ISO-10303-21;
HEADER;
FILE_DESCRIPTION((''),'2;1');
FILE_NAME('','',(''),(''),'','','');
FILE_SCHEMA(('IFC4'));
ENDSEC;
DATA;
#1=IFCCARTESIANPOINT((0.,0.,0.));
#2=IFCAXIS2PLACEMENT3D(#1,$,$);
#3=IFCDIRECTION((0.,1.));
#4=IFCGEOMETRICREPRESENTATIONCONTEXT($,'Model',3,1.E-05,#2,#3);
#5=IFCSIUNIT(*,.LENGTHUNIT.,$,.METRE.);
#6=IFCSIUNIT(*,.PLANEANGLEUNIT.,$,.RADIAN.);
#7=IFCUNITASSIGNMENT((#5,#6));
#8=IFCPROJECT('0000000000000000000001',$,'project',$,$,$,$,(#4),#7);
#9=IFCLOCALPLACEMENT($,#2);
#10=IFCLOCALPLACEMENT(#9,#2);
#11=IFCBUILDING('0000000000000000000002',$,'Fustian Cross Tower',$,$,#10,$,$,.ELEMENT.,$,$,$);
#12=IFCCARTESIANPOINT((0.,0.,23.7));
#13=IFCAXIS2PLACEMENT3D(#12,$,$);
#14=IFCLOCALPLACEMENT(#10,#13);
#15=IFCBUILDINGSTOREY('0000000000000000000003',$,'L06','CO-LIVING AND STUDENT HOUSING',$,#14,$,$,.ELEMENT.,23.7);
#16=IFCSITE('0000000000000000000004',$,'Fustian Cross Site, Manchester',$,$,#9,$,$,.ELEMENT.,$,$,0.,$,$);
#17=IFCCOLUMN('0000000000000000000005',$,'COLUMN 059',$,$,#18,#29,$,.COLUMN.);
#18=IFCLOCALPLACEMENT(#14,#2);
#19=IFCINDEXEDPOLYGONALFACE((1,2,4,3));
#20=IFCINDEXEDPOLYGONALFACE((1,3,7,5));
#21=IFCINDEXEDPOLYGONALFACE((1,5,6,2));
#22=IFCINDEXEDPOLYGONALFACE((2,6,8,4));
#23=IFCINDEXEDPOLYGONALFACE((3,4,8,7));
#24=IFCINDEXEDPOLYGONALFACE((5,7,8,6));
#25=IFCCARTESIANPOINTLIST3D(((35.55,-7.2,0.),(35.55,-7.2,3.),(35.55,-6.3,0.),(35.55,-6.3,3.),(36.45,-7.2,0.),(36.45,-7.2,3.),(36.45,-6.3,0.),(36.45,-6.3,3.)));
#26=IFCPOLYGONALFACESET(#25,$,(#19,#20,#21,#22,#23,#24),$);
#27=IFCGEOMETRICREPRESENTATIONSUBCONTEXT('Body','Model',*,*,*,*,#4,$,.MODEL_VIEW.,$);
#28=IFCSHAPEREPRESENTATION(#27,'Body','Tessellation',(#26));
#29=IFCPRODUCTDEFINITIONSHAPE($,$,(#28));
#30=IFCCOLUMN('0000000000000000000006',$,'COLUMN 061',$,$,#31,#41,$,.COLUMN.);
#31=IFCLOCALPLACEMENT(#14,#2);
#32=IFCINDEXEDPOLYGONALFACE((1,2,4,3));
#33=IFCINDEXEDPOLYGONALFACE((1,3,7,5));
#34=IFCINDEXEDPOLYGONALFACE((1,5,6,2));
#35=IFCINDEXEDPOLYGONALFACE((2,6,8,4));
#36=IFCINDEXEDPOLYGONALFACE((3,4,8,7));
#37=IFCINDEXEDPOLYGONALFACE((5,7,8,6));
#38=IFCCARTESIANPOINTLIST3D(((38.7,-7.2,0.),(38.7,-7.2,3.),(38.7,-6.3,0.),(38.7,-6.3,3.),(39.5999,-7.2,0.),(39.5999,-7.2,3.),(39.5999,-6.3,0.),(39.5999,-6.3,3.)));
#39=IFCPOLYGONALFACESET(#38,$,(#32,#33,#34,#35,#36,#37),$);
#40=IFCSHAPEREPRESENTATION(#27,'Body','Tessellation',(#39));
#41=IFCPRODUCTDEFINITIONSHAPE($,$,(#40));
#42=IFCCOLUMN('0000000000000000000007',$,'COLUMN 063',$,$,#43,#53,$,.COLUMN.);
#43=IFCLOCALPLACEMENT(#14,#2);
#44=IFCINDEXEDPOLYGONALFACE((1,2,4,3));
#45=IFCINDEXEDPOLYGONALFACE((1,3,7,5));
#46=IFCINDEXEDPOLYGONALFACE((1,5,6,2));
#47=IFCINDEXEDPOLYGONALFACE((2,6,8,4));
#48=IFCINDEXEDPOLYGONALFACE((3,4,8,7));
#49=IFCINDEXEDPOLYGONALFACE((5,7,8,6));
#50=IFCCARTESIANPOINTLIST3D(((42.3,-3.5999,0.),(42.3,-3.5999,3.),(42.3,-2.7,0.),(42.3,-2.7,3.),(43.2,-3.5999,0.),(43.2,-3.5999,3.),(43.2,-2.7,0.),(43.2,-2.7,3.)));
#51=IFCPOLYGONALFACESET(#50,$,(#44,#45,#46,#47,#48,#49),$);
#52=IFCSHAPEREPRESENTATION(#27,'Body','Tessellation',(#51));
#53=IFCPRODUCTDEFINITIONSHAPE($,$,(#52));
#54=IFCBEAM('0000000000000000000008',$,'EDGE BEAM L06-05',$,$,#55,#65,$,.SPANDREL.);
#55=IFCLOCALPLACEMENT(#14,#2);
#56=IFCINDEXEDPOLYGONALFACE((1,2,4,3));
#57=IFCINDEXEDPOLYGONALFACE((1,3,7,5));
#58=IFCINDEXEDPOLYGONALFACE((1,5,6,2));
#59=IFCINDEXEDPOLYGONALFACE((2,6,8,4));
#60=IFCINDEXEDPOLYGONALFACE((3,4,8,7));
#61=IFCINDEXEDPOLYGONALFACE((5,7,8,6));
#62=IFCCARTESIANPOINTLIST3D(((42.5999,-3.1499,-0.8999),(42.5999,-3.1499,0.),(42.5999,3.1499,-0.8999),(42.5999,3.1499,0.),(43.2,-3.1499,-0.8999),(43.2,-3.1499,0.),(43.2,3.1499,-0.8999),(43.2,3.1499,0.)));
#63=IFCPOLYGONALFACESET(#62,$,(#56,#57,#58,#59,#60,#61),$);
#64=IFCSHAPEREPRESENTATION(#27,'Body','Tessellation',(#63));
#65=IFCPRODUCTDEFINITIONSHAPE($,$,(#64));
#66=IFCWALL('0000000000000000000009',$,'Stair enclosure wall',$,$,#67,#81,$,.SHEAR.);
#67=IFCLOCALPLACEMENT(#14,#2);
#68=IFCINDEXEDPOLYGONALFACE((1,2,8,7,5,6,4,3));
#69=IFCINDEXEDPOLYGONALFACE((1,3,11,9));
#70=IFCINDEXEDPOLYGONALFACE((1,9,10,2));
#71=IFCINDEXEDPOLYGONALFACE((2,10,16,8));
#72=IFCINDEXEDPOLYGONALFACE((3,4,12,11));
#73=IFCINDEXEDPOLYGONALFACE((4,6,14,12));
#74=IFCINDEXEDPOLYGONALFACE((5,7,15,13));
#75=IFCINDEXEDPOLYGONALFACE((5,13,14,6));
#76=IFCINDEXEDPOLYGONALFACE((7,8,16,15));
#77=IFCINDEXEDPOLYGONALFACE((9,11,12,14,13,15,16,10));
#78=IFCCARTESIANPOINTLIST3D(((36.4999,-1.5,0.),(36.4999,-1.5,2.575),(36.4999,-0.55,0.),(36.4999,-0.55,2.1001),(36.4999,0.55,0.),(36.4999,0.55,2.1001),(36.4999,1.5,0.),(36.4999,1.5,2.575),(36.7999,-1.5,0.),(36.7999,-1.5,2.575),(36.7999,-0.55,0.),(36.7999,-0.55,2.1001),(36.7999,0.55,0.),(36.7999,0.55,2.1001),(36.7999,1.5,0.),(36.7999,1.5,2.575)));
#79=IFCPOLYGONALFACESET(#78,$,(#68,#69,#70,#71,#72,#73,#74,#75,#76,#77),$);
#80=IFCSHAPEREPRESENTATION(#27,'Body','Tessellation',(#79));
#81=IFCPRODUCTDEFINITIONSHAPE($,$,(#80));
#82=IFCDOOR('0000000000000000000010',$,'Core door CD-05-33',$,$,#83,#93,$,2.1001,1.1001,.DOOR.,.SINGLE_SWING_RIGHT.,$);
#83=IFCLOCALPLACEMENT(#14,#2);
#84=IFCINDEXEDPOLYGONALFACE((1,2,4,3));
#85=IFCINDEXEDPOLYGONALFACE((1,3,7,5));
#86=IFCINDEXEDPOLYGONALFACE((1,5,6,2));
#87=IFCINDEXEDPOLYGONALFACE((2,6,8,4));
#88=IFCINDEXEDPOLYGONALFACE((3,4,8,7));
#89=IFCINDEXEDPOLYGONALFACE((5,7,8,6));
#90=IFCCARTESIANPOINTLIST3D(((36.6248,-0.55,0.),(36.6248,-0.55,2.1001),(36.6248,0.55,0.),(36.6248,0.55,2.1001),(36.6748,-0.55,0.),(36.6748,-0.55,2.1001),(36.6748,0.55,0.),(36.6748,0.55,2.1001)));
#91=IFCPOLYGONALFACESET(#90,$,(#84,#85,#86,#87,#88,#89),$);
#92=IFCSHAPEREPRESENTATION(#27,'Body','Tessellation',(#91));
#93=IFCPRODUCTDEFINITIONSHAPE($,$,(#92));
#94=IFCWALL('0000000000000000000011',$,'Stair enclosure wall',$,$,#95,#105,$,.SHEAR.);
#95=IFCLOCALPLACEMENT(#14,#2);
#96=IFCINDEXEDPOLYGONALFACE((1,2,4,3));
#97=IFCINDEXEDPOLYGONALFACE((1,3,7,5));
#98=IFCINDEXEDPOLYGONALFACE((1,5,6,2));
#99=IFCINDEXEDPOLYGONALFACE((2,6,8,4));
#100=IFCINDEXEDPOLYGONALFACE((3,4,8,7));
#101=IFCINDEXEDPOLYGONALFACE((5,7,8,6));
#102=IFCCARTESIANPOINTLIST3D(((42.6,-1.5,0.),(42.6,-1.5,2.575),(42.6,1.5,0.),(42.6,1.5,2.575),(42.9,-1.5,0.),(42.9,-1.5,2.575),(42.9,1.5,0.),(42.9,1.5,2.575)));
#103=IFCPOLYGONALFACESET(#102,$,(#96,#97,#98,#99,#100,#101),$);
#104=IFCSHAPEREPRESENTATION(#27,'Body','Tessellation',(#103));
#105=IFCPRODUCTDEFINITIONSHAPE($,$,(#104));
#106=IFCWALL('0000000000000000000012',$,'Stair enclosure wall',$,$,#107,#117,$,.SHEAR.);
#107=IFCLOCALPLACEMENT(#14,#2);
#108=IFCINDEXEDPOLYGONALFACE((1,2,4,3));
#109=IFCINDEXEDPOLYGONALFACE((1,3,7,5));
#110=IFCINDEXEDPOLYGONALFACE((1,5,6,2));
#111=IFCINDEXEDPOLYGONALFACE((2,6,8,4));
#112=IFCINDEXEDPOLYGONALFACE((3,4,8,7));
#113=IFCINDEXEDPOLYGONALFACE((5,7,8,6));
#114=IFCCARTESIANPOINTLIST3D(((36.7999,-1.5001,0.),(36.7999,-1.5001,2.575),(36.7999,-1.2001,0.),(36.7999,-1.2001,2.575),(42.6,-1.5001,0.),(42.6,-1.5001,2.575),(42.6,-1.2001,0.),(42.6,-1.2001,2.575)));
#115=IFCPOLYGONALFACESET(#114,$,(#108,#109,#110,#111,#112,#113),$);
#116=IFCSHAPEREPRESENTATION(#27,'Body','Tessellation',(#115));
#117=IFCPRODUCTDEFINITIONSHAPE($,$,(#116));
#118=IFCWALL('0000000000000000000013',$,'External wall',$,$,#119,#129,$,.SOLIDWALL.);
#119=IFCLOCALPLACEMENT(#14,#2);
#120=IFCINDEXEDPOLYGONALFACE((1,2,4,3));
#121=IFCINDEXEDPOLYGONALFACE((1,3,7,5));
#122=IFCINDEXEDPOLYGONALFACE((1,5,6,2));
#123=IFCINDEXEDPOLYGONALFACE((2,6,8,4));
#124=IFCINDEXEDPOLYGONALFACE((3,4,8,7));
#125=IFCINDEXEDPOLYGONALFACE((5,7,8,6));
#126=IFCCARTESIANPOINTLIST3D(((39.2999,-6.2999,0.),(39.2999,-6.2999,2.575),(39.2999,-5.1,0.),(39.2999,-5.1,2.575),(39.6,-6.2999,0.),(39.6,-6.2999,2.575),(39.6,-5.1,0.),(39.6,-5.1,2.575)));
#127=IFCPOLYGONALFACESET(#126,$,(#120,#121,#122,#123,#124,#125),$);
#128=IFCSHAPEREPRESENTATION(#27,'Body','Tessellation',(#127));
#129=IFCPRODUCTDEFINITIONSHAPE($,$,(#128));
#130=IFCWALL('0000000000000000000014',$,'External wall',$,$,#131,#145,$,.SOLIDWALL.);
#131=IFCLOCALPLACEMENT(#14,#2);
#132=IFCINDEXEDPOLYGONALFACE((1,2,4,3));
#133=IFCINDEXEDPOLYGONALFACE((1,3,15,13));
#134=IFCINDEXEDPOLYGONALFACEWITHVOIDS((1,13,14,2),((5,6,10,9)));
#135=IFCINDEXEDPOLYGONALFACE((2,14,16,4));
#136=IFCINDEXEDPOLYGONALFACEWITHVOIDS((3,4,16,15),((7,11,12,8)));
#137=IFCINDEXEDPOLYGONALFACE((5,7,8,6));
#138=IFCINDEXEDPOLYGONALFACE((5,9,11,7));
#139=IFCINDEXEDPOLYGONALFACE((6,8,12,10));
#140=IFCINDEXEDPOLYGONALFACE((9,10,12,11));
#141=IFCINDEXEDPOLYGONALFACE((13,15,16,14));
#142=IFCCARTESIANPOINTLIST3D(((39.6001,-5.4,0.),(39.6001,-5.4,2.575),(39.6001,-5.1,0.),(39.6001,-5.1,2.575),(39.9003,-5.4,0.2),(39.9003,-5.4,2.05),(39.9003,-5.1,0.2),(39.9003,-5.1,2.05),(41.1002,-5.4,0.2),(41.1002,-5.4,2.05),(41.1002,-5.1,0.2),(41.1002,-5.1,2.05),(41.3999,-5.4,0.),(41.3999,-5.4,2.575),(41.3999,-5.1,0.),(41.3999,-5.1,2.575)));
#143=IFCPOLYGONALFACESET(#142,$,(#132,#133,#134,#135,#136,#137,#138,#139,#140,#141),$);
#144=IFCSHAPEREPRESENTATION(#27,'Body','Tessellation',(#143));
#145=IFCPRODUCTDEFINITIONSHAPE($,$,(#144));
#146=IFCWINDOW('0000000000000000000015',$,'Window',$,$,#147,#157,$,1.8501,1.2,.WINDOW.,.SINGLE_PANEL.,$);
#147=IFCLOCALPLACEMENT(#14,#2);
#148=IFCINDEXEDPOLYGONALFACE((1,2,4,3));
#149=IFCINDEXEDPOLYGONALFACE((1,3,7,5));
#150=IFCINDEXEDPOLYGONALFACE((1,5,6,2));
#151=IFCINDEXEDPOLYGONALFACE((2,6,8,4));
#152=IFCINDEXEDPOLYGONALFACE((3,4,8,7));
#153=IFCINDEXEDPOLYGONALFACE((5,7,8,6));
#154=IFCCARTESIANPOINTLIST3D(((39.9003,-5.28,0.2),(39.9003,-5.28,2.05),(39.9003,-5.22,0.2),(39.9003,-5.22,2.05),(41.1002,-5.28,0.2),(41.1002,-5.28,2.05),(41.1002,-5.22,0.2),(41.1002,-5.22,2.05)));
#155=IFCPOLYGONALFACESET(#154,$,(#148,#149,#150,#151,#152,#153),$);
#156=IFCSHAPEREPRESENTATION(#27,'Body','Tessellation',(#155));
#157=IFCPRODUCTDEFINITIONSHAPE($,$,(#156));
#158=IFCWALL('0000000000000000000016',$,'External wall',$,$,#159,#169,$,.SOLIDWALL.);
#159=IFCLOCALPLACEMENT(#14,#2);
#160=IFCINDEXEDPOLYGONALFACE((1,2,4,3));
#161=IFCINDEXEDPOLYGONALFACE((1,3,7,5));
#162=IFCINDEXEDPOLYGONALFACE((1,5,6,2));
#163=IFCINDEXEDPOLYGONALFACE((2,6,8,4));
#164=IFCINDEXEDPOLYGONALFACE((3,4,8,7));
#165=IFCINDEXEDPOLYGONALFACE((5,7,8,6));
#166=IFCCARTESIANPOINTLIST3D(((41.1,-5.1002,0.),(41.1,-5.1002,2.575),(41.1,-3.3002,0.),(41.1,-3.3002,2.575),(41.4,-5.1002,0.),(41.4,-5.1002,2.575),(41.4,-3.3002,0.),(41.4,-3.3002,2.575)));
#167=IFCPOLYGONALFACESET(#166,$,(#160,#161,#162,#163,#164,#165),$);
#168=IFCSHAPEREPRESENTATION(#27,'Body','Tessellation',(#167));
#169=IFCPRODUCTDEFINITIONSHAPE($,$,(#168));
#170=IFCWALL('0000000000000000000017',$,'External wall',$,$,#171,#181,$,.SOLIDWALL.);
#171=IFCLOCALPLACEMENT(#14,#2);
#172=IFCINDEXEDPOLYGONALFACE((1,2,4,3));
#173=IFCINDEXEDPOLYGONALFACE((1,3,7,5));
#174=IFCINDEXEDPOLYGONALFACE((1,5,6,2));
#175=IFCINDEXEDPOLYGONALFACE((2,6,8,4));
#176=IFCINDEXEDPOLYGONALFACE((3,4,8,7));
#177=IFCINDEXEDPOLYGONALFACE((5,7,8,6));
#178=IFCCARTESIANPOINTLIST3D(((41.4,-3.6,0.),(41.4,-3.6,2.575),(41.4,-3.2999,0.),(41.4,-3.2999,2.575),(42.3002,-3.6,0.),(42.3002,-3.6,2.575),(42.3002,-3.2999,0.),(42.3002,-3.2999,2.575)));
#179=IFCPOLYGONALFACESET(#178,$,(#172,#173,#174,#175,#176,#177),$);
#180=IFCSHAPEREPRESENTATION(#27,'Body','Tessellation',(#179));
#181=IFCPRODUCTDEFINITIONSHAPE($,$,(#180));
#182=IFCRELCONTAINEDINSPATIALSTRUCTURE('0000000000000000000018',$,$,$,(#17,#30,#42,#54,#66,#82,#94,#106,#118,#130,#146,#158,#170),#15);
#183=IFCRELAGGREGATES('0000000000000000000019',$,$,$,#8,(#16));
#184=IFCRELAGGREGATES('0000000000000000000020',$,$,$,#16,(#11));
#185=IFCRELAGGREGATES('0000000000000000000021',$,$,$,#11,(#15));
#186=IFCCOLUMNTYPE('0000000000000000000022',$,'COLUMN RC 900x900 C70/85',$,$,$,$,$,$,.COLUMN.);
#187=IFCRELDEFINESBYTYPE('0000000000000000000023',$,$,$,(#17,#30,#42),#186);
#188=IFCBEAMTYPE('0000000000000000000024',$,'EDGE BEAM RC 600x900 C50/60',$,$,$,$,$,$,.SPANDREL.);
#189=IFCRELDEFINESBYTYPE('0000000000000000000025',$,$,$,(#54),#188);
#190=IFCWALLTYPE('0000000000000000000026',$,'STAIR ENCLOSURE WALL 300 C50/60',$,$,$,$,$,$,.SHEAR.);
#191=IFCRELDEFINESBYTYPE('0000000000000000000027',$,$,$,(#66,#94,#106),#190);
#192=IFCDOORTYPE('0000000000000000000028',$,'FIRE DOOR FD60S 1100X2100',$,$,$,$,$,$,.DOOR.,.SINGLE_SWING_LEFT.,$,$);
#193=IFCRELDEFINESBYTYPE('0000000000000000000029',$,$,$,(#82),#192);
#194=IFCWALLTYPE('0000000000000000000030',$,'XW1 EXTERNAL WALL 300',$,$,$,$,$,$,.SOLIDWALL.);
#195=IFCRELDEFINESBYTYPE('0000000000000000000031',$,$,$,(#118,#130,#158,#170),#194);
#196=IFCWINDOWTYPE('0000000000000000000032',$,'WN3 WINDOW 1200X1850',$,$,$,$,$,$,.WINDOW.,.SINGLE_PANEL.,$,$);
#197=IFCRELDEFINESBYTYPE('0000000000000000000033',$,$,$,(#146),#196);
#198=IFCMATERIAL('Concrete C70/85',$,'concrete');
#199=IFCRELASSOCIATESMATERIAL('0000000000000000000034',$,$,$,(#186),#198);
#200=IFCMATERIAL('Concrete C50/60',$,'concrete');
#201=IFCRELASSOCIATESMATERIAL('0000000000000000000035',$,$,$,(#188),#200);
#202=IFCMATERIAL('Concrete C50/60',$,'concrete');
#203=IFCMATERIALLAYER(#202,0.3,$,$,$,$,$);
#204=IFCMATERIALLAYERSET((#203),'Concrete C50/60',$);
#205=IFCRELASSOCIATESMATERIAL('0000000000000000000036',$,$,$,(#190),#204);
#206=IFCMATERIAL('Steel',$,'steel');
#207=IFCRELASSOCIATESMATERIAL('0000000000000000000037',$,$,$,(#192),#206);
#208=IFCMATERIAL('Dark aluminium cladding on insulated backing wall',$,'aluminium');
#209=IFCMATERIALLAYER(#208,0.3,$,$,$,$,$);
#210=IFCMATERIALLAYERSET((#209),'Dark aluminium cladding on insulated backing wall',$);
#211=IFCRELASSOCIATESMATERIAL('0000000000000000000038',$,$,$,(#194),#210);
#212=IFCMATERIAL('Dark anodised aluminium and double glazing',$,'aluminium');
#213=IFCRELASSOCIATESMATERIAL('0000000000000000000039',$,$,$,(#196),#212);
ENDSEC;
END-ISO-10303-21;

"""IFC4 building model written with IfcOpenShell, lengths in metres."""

from ifc_helpers import new_model, si_unit, direction, frame, frame_2d, origin, origin_2d, place, context, subcontext, project, spatial, rectangle, extrude, material, layer, layer_set, material_profile, profile_set, type_object, element, fill, save


model = new_model("IFC4")

# Units and contexts
model_context = context("Model", 3, precision=1e-05, world=origin(), true_north=direction((0.0, 1.0)))
body_context = subcontext(model_context, "Body", "Model", "MODEL_VIEW")
ifc_project = project(units=[si_unit("LENGTHUNIT", "METRE"), si_unit("PLANEANGLEUNIT", "RADIAN")], contexts=[model_context])

# Site, building, storey
site_placement = place(None, origin())
site = spatial("IfcSite", under=ifc_project, at=site_placement, Name="Fustian Cross Site, Manchester", CompositionType="ELEMENT", RefElevation=0.0)
building_placement = place(site_placement, origin())
building = spatial("IfcBuilding", under=site, at=building_placement, Name="Fustian Cross Tower", CompositionType="ELEMENT")
storey_placement = place(building_placement, frame((0.0, 0.0, 23.7)))
storey = spatial("IfcBuildingStorey", under=building, at=storey_placement, Name="L06", Description="CO-LIVING AND STUDENT HOUSING", CompositionType="ELEMENT", Elevation=23.7)

# Columns
ifc_material_1 = material(Name="Concrete C70/85", Category="concrete")
ifc_material_profile_1 = material_profile(ifc_material_1, rectangle(XDim=0.8999, YDim=0.8999, at=origin_2d()), Name="RC 900x900")
ifc_profile_set_1 = profile_set([ifc_material_profile_1], Name="Concrete C70/85")
column_type = type_object("IfcColumnType", Name="COLUMN RC 900x900 C70/85", PredefinedType="COLUMN", material=ifc_profile_set_1)
for number, where, z_axis, x_axis, name in (
    (1, (36.0, -6.75, 0.0), (0.0, 0.0, 1.0), (1.0, 0.0, 0.0), "COLUMN 059"),
    (2, (39.1499, -6.75, 0.0), (0.0, 0.0, 1.0), (1.0, 0.0, 0.0), "COLUMN 061"),
    (3, (42.75, -3.1499, 0.0), (0.0, 0.0, 1.0), (1.0, 0.0, 0.0), "COLUMN 063"),
):
    element("IfcColumn", number, at=place(storey_placement, frame(where, z_axis=z_axis, x_axis=x_axis)), inside=storey, type_object=column_type, Name=name, PredefinedType="COLUMN", context=body_context, shape_type="SweptSolid", body=[
        extrude(rectangle(XDim=0.8999, YDim=0.8999, at=origin_2d()), origin(), (0.0, 0.0, 1.0), 3.0),
    ])

# Beam
ifc_material_2 = material(Name="Concrete C50/60", Category="concrete")
ifc_material_profile_2 = material_profile(ifc_material_2, rectangle(XDim=0.6001, YDim=0.8999, at=origin_2d()), Name="RC 600x900")
ifc_profile_set_2 = profile_set([ifc_material_profile_2], Name="Concrete C50/60")
beam_type = type_object("IfcBeamType", Name="EDGE BEAM RC 600x900 C50/60", PredefinedType="SPANDREL", material=ifc_profile_set_2)
beam_placement = place(storey_placement, frame((42.8999, -3.1499, -0.45), z_axis=(0.0, 1.0, 0.0), x_axis=(-1.0, 0.0, 0.0)))
element("IfcBeam", 4, at=beam_placement, inside=storey, type_object=beam_type, Name="EDGE BEAM L06-05", PredefinedType="SPANDREL", context=body_context, shape_type="SweptSolid", body=[
    extrude(rectangle(XDim=0.6001, YDim=0.8999, at=origin_2d()), origin(), (0.0, 0.0, 1.0), 6.2998),
])

# Wall, opening, door
ifc_material_3 = material(Name="Concrete C50/60", Category="concrete")
ifc_layer_1 = layer(ifc_material_3, 0.3)
ifc_layer_set_1 = layer_set([ifc_layer_1], Name="Concrete C50/60")
wall_type_1 = type_object("IfcWallType", Name="STAIR ENCLOSURE WALL 300 C50/60", PredefinedType="SHEAR", material=ifc_layer_set_1)
wall_1_placement = place(storey_placement, frame((36.6499, -1.5, 0.0), z_axis=(0.0, 0.0, 1.0), x_axis=(0.0, 1.0, 0.0)))
wall_1 = element("IfcWall", 5, at=wall_1_placement, inside=storey, type_object=wall_type_1, Name="Stair enclosure wall", PredefinedType="SHEAR", context=body_context, shape_type="SweptSolid", body=[
    extrude(rectangle(XDim=3.0, YDim=0.3, at=frame_2d((1.5, 0.0))), origin(), (0.0, 0.0, 1.0), 2.575),
])
opening_1_placement = place(wall_1_placement, frame((0.95, 0.0, 0.0)))
opening_1 = element("IfcOpeningElement", 6, at=opening_1_placement, cuts=wall_1, PredefinedType="OPENING", context=body_context, shape_type="SweptSolid", body=[
    extrude(rectangle(XDim=1.1001, YDim=2.1001, at=frame_2d((0.55, 1.05))), frame((0.0, 0.1599, 0.0), z_axis=(0.0, -1.0, 0.0), x_axis=(1.0, 0.0, 0.0)), (0.0, 0.0, 1.0), 0.3201),
])
ifc_material_4 = material(Name="Steel", Category="steel")
door_type = type_object("IfcDoorType", Name="FIRE DOOR FD60S 1100X2100", OperationType="SINGLE_SWING_LEFT", PredefinedType="DOOR", material=ifc_material_4)
door_placement = place(opening_1_placement, frame((1.1001, 0.0, 0.0), z_axis=(0.0, 0.0, 1.0), x_axis=(-1.0, 0.0, 0.0)))
door = element("IfcDoor", 7, at=door_placement, inside=storey, type_object=door_type, Name="Core door CD-05-33", OperationType="SINGLE_SWING_RIGHT", OverallHeight=2.1001, OverallWidth=1.1001, PredefinedType="DOOR", context=body_context, shape_type="SweptSolid", body=[
    extrude(rectangle(XDim=1.1001, YDim=2.1001, at=frame_2d((0.55, 1.05))), frame((0.0, 0.0249, 0.0), z_axis=(0.0, -1.0, 0.0), x_axis=(1.0, 0.0, 0.0)), (0.0, 0.0, 1.0), 0.05),
])
fill(opening_1, door)

# Walls
wall_2_placement = place(storey_placement, frame((42.75, -1.5, 0.0), z_axis=(0.0, 0.0, 1.0), x_axis=(0.0, 1.0, 0.0)))
element("IfcWall", 8, at=wall_2_placement, inside=storey, type_object=wall_type_1, Name="Stair enclosure wall", PredefinedType="SHEAR", context=body_context, shape_type="SweptSolid", body=[
    extrude(rectangle(XDim=3.0, YDim=0.3, at=frame_2d((1.5, 0.0))), origin(), (0.0, 0.0, 1.0), 2.575),
])
wall_3_placement = place(storey_placement, frame((36.8, -1.3501, 0.0), z_axis=(0.0, 0.0, 1.0), x_axis=(1.0, 0.0, 0.0)))
element("IfcWall", 9, at=wall_3_placement, inside=storey, type_object=wall_type_1, Name="Stair enclosure wall", PredefinedType="SHEAR", context=body_context, shape_type="SweptSolid", body=[
    extrude(rectangle(XDim=5.8, YDim=0.3, at=frame_2d((2.8999, 0.0))), origin(), (0.0, 0.0, 1.0), 2.575),
])
ifc_material_5 = material(Name="Dark aluminium cladding on insulated backing wall", Category="aluminium")
ifc_layer_2 = layer(ifc_material_5, 0.3)
ifc_layer_set_2 = layer_set([ifc_layer_2], Name="Dark aluminium cladding on insulated backing wall")
wall_type_2 = type_object("IfcWallType", Name="XW1 EXTERNAL WALL 300", PredefinedType="SOLIDWALL", material=ifc_layer_set_2)
wall_4_placement = place(storey_placement, frame((39.45, -6.3, 0.0), z_axis=(0.0, 0.0, 1.0), x_axis=(0.0, 1.0, 0.0)))
element("IfcWall", 10, at=wall_4_placement, inside=storey, type_object=wall_type_2, Name="External wall", PredefinedType="SOLIDWALL", context=body_context, shape_type="SweptSolid", body=[
    extrude(rectangle(XDim=1.2, YDim=0.3, at=frame_2d((0.6001, 0.0))), origin(), (0.0, 0.0, 1.0), 2.575),
])

# Wall, opening, window
wall_5_placement = place(storey_placement, frame((39.6001, -5.25, 0.0), z_axis=(0.0, 0.0, 1.0), x_axis=(1.0, 0.0, 0.0)))
wall_5 = element("IfcWall", 11, at=wall_5_placement, inside=storey, type_object=wall_type_2, Name="External wall", PredefinedType="SOLIDWALL", context=body_context, shape_type="SweptSolid", body=[
    extrude(rectangle(XDim=1.7998, YDim=0.3, at=frame_2d((0.8999, 0.0))), origin(), (0.0, 0.0, 1.0), 2.575),
])
opening_2_placement = place(wall_5_placement, frame((0.3, 0.0, 0.2)))
opening_2 = element("IfcOpeningElement", 12, at=opening_2_placement, cuts=wall_5, PredefinedType="OPENING", context=body_context, shape_type="SweptSolid", body=[
    extrude(rectangle(XDim=1.2, YDim=1.8501, at=frame_2d((0.6001, 0.925))), frame((0.0, 0.1599, 0.0), z_axis=(0.0, -1.0, 0.0), x_axis=(1.0, 0.0, 0.0)), (0.0, 0.0, 1.0), 0.3201),
])
ifc_material_6 = material(Name="Dark anodised aluminium and double glazing", Category="aluminium")
window_type_1 = type_object("IfcWindowType", Name="WN3 WINDOW 1200X1850", PartitioningType="SINGLE_PANEL", PredefinedType="WINDOW", material=ifc_material_6)
window_1_placement = place(opening_2_placement, origin())
window_1 = element("IfcWindow", 13, at=window_1_placement, inside=storey, type_object=window_type_1, Name="Window", OverallHeight=1.8501, OverallWidth=1.2, PartitioningType="SINGLE_PANEL", PredefinedType="WINDOW", context=body_context, shape_type="SweptSolid", body=[
    extrude(rectangle(XDim=1.2, YDim=1.8501, at=frame_2d((0.6001, 0.925))), frame((0.0, 0.03, 0.0), z_axis=(0.0, -1.0, 0.0), x_axis=(1.0, 0.0, 0.0)), (0.0, 0.0, 1.0), 0.0601),
])
fill(opening_2, window_1)

# Walls
wall_6_placement = place(storey_placement, frame((41.25, -5.1001, 0.0), z_axis=(0.0, 0.0, 1.0), x_axis=(0.0, 1.0, 0.0)))
element("IfcWall", 14, at=wall_6_placement, inside=storey, type_object=wall_type_2, Name="External wall", PredefinedType="SOLIDWALL", context=body_context, shape_type="SweptSolid", body=[
    extrude(rectangle(XDim=1.8, YDim=0.3, at=frame_2d((0.8999, 0.0))), origin(), (0.0, 0.0, 1.0), 2.575),
])
wall_7_placement = place(storey_placement, frame((41.3999, -3.45, 0.0), z_axis=(0.0, 0.0, 1.0), x_axis=(1.0, 0.0, 0.0)))
element("IfcWall", 15, at=wall_7_placement, inside=storey, type_object=wall_type_2, Name="External wall", PredefinedType="SOLIDWALL", context=body_context, shape_type="SweptSolid", body=[
    extrude(rectangle(XDim=0.9001, YDim=0.3, at=frame_2d((0.4502, 0.0))), origin(), (0.0, 0.0, 1.0), 2.575),
])

save(model, "model.ifc")
